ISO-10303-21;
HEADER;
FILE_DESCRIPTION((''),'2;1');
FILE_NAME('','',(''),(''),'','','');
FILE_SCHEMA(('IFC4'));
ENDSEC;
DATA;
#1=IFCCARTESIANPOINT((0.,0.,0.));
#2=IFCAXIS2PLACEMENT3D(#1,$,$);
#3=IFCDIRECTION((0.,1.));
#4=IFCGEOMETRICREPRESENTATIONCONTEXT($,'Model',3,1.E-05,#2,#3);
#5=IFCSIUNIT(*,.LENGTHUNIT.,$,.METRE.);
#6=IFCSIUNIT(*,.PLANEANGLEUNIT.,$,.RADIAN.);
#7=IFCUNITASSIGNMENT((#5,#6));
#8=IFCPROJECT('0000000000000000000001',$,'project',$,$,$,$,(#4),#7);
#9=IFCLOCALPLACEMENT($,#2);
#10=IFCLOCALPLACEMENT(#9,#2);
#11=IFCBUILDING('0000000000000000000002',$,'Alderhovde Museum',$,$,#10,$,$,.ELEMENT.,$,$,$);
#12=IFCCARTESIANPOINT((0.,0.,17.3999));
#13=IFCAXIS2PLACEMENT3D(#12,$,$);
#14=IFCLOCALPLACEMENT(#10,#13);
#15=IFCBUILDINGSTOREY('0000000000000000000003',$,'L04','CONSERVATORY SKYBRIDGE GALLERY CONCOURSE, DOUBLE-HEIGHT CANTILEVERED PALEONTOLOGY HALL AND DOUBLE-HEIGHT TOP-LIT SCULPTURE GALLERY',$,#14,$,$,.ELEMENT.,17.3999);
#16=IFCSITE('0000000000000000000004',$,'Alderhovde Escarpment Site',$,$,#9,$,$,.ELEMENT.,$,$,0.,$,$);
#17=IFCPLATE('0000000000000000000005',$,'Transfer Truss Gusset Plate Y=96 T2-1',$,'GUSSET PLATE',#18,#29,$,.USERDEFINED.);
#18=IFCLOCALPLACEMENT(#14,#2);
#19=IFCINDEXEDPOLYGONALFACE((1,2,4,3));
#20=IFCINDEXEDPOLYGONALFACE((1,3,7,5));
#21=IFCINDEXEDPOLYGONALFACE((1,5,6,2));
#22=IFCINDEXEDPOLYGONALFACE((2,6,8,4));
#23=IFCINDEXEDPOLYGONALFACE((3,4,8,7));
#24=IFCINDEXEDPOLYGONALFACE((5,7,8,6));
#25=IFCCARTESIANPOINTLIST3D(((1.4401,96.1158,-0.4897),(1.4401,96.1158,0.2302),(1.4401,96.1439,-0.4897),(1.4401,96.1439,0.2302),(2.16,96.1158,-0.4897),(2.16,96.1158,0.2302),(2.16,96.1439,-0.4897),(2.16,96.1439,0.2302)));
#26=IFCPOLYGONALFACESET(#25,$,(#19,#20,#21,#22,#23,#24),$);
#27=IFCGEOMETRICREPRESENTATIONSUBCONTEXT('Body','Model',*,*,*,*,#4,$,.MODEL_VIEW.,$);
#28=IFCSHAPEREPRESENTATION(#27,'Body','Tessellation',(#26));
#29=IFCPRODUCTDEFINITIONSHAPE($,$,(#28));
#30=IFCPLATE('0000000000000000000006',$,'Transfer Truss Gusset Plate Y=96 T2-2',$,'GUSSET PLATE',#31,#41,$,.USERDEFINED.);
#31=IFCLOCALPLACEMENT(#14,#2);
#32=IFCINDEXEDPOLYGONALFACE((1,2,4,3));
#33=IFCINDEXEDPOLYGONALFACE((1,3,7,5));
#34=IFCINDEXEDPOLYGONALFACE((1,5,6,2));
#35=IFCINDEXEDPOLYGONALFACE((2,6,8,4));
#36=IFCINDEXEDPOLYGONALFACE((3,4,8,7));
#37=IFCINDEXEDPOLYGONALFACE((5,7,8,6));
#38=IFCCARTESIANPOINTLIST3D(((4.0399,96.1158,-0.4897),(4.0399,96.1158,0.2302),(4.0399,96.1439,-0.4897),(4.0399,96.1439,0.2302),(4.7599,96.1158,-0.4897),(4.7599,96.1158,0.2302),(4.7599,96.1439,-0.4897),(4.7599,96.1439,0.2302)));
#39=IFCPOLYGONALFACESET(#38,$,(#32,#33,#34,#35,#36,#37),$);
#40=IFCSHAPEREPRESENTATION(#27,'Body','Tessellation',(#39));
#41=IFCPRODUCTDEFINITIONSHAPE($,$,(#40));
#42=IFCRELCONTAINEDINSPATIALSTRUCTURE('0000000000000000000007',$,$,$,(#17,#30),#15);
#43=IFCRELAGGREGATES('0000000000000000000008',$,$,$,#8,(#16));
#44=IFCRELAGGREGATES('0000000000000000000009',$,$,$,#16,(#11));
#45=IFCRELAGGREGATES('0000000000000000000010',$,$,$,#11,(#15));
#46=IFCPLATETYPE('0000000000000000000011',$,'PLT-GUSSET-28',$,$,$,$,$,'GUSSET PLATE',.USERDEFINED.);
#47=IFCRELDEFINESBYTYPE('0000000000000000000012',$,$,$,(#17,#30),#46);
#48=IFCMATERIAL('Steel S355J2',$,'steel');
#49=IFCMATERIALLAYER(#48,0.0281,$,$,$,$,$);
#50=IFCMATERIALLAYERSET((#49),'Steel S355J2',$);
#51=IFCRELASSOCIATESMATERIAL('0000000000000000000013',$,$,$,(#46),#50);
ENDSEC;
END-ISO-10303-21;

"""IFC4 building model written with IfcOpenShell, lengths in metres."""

from ifc_helpers import new_model, si_unit, direction, frame, origin, origin_2d, place, context, subcontext, project, spatial, rectangle, extrude, material, layer, layer_set, type_object, element, save


model = new_model("IFC4")

# Units and contexts
model_context = context("Model", 3, precision=1e-05, world=origin(), true_north=direction((0.0, 1.0)))
body_context = subcontext(model_context, "Body", "Model", "MODEL_VIEW")
ifc_project = project(units=[si_unit("LENGTHUNIT", "METRE"), si_unit("PLANEANGLEUNIT", "RADIAN")], contexts=[model_context])

# Site, building, storey
site_placement = place(None, origin())
site = spatial("IfcSite", under=ifc_project, at=site_placement, Name="Alderhovde Escarpment Site", CompositionType="ELEMENT", RefElevation=0.0)
building_placement = place(site_placement, origin())
building = spatial("IfcBuilding", under=site, at=building_placement, Name="Alderhovde Museum", CompositionType="ELEMENT")
storey_placement = place(building_placement, frame((0.0, 0.0, 17.3999)))
storey = spatial("IfcBuildingStorey", under=building, at=storey_placement, Name="L04", Description="CONSERVATORY SKYBRIDGE GALLERY CONCOURSE, DOUBLE-HEIGHT CANTILEVERED PALEONTOLOGY HALL AND DOUBLE-HEIGHT TOP-LIT SCULPTURE GALLERY", CompositionType="ELEMENT", Elevation=17.3999)

# Plates
ifc_material_1 = material(Name="Steel S355J2", Category="steel")
ifc_layer_1 = layer(ifc_material_1, 0.0281)
ifc_layer_set_1 = layer_set([ifc_layer_1], Name="Steel S355J2")
plate_type_1 = type_object("IfcPlateType", Name="PLT-GUSSET-28", ElementType="GUSSET PLATE", PredefinedType="USERDEFINED", material=ifc_layer_set_1)
for number, where, z_axis, x_axis, name in (
    (1, (1.8, 96.1299, -0.4897), (0.0, 0.0, 1.0), (1.0, 0.0, 0.0), "Transfer Truss Gusset Plate Y=96 T2-1"),
    (2, (4.3999, 96.1299, -0.4897), (0.0, 0.0, 1.0), (1.0, 0.0, 0.0), "Transfer Truss Gusset Plate Y=96 T2-2"),
):
    element("IfcPlate", number, at=place(storey_placement, frame(where, z_axis=z_axis, x_axis=x_axis)), inside=storey, type_object=plate_type_1, Name=name, ObjectType="GUSSET PLATE", PredefinedType="USERDEFINED", context=body_context, shape_type="SweptSolid", body=[
        extrude(rectangle(XDim=0.72, YDim=0.0281, at=origin_2d()), origin(), (0.0, 0.0, 1.0), 0.72),
    ])

save(model, "model.ifc")
